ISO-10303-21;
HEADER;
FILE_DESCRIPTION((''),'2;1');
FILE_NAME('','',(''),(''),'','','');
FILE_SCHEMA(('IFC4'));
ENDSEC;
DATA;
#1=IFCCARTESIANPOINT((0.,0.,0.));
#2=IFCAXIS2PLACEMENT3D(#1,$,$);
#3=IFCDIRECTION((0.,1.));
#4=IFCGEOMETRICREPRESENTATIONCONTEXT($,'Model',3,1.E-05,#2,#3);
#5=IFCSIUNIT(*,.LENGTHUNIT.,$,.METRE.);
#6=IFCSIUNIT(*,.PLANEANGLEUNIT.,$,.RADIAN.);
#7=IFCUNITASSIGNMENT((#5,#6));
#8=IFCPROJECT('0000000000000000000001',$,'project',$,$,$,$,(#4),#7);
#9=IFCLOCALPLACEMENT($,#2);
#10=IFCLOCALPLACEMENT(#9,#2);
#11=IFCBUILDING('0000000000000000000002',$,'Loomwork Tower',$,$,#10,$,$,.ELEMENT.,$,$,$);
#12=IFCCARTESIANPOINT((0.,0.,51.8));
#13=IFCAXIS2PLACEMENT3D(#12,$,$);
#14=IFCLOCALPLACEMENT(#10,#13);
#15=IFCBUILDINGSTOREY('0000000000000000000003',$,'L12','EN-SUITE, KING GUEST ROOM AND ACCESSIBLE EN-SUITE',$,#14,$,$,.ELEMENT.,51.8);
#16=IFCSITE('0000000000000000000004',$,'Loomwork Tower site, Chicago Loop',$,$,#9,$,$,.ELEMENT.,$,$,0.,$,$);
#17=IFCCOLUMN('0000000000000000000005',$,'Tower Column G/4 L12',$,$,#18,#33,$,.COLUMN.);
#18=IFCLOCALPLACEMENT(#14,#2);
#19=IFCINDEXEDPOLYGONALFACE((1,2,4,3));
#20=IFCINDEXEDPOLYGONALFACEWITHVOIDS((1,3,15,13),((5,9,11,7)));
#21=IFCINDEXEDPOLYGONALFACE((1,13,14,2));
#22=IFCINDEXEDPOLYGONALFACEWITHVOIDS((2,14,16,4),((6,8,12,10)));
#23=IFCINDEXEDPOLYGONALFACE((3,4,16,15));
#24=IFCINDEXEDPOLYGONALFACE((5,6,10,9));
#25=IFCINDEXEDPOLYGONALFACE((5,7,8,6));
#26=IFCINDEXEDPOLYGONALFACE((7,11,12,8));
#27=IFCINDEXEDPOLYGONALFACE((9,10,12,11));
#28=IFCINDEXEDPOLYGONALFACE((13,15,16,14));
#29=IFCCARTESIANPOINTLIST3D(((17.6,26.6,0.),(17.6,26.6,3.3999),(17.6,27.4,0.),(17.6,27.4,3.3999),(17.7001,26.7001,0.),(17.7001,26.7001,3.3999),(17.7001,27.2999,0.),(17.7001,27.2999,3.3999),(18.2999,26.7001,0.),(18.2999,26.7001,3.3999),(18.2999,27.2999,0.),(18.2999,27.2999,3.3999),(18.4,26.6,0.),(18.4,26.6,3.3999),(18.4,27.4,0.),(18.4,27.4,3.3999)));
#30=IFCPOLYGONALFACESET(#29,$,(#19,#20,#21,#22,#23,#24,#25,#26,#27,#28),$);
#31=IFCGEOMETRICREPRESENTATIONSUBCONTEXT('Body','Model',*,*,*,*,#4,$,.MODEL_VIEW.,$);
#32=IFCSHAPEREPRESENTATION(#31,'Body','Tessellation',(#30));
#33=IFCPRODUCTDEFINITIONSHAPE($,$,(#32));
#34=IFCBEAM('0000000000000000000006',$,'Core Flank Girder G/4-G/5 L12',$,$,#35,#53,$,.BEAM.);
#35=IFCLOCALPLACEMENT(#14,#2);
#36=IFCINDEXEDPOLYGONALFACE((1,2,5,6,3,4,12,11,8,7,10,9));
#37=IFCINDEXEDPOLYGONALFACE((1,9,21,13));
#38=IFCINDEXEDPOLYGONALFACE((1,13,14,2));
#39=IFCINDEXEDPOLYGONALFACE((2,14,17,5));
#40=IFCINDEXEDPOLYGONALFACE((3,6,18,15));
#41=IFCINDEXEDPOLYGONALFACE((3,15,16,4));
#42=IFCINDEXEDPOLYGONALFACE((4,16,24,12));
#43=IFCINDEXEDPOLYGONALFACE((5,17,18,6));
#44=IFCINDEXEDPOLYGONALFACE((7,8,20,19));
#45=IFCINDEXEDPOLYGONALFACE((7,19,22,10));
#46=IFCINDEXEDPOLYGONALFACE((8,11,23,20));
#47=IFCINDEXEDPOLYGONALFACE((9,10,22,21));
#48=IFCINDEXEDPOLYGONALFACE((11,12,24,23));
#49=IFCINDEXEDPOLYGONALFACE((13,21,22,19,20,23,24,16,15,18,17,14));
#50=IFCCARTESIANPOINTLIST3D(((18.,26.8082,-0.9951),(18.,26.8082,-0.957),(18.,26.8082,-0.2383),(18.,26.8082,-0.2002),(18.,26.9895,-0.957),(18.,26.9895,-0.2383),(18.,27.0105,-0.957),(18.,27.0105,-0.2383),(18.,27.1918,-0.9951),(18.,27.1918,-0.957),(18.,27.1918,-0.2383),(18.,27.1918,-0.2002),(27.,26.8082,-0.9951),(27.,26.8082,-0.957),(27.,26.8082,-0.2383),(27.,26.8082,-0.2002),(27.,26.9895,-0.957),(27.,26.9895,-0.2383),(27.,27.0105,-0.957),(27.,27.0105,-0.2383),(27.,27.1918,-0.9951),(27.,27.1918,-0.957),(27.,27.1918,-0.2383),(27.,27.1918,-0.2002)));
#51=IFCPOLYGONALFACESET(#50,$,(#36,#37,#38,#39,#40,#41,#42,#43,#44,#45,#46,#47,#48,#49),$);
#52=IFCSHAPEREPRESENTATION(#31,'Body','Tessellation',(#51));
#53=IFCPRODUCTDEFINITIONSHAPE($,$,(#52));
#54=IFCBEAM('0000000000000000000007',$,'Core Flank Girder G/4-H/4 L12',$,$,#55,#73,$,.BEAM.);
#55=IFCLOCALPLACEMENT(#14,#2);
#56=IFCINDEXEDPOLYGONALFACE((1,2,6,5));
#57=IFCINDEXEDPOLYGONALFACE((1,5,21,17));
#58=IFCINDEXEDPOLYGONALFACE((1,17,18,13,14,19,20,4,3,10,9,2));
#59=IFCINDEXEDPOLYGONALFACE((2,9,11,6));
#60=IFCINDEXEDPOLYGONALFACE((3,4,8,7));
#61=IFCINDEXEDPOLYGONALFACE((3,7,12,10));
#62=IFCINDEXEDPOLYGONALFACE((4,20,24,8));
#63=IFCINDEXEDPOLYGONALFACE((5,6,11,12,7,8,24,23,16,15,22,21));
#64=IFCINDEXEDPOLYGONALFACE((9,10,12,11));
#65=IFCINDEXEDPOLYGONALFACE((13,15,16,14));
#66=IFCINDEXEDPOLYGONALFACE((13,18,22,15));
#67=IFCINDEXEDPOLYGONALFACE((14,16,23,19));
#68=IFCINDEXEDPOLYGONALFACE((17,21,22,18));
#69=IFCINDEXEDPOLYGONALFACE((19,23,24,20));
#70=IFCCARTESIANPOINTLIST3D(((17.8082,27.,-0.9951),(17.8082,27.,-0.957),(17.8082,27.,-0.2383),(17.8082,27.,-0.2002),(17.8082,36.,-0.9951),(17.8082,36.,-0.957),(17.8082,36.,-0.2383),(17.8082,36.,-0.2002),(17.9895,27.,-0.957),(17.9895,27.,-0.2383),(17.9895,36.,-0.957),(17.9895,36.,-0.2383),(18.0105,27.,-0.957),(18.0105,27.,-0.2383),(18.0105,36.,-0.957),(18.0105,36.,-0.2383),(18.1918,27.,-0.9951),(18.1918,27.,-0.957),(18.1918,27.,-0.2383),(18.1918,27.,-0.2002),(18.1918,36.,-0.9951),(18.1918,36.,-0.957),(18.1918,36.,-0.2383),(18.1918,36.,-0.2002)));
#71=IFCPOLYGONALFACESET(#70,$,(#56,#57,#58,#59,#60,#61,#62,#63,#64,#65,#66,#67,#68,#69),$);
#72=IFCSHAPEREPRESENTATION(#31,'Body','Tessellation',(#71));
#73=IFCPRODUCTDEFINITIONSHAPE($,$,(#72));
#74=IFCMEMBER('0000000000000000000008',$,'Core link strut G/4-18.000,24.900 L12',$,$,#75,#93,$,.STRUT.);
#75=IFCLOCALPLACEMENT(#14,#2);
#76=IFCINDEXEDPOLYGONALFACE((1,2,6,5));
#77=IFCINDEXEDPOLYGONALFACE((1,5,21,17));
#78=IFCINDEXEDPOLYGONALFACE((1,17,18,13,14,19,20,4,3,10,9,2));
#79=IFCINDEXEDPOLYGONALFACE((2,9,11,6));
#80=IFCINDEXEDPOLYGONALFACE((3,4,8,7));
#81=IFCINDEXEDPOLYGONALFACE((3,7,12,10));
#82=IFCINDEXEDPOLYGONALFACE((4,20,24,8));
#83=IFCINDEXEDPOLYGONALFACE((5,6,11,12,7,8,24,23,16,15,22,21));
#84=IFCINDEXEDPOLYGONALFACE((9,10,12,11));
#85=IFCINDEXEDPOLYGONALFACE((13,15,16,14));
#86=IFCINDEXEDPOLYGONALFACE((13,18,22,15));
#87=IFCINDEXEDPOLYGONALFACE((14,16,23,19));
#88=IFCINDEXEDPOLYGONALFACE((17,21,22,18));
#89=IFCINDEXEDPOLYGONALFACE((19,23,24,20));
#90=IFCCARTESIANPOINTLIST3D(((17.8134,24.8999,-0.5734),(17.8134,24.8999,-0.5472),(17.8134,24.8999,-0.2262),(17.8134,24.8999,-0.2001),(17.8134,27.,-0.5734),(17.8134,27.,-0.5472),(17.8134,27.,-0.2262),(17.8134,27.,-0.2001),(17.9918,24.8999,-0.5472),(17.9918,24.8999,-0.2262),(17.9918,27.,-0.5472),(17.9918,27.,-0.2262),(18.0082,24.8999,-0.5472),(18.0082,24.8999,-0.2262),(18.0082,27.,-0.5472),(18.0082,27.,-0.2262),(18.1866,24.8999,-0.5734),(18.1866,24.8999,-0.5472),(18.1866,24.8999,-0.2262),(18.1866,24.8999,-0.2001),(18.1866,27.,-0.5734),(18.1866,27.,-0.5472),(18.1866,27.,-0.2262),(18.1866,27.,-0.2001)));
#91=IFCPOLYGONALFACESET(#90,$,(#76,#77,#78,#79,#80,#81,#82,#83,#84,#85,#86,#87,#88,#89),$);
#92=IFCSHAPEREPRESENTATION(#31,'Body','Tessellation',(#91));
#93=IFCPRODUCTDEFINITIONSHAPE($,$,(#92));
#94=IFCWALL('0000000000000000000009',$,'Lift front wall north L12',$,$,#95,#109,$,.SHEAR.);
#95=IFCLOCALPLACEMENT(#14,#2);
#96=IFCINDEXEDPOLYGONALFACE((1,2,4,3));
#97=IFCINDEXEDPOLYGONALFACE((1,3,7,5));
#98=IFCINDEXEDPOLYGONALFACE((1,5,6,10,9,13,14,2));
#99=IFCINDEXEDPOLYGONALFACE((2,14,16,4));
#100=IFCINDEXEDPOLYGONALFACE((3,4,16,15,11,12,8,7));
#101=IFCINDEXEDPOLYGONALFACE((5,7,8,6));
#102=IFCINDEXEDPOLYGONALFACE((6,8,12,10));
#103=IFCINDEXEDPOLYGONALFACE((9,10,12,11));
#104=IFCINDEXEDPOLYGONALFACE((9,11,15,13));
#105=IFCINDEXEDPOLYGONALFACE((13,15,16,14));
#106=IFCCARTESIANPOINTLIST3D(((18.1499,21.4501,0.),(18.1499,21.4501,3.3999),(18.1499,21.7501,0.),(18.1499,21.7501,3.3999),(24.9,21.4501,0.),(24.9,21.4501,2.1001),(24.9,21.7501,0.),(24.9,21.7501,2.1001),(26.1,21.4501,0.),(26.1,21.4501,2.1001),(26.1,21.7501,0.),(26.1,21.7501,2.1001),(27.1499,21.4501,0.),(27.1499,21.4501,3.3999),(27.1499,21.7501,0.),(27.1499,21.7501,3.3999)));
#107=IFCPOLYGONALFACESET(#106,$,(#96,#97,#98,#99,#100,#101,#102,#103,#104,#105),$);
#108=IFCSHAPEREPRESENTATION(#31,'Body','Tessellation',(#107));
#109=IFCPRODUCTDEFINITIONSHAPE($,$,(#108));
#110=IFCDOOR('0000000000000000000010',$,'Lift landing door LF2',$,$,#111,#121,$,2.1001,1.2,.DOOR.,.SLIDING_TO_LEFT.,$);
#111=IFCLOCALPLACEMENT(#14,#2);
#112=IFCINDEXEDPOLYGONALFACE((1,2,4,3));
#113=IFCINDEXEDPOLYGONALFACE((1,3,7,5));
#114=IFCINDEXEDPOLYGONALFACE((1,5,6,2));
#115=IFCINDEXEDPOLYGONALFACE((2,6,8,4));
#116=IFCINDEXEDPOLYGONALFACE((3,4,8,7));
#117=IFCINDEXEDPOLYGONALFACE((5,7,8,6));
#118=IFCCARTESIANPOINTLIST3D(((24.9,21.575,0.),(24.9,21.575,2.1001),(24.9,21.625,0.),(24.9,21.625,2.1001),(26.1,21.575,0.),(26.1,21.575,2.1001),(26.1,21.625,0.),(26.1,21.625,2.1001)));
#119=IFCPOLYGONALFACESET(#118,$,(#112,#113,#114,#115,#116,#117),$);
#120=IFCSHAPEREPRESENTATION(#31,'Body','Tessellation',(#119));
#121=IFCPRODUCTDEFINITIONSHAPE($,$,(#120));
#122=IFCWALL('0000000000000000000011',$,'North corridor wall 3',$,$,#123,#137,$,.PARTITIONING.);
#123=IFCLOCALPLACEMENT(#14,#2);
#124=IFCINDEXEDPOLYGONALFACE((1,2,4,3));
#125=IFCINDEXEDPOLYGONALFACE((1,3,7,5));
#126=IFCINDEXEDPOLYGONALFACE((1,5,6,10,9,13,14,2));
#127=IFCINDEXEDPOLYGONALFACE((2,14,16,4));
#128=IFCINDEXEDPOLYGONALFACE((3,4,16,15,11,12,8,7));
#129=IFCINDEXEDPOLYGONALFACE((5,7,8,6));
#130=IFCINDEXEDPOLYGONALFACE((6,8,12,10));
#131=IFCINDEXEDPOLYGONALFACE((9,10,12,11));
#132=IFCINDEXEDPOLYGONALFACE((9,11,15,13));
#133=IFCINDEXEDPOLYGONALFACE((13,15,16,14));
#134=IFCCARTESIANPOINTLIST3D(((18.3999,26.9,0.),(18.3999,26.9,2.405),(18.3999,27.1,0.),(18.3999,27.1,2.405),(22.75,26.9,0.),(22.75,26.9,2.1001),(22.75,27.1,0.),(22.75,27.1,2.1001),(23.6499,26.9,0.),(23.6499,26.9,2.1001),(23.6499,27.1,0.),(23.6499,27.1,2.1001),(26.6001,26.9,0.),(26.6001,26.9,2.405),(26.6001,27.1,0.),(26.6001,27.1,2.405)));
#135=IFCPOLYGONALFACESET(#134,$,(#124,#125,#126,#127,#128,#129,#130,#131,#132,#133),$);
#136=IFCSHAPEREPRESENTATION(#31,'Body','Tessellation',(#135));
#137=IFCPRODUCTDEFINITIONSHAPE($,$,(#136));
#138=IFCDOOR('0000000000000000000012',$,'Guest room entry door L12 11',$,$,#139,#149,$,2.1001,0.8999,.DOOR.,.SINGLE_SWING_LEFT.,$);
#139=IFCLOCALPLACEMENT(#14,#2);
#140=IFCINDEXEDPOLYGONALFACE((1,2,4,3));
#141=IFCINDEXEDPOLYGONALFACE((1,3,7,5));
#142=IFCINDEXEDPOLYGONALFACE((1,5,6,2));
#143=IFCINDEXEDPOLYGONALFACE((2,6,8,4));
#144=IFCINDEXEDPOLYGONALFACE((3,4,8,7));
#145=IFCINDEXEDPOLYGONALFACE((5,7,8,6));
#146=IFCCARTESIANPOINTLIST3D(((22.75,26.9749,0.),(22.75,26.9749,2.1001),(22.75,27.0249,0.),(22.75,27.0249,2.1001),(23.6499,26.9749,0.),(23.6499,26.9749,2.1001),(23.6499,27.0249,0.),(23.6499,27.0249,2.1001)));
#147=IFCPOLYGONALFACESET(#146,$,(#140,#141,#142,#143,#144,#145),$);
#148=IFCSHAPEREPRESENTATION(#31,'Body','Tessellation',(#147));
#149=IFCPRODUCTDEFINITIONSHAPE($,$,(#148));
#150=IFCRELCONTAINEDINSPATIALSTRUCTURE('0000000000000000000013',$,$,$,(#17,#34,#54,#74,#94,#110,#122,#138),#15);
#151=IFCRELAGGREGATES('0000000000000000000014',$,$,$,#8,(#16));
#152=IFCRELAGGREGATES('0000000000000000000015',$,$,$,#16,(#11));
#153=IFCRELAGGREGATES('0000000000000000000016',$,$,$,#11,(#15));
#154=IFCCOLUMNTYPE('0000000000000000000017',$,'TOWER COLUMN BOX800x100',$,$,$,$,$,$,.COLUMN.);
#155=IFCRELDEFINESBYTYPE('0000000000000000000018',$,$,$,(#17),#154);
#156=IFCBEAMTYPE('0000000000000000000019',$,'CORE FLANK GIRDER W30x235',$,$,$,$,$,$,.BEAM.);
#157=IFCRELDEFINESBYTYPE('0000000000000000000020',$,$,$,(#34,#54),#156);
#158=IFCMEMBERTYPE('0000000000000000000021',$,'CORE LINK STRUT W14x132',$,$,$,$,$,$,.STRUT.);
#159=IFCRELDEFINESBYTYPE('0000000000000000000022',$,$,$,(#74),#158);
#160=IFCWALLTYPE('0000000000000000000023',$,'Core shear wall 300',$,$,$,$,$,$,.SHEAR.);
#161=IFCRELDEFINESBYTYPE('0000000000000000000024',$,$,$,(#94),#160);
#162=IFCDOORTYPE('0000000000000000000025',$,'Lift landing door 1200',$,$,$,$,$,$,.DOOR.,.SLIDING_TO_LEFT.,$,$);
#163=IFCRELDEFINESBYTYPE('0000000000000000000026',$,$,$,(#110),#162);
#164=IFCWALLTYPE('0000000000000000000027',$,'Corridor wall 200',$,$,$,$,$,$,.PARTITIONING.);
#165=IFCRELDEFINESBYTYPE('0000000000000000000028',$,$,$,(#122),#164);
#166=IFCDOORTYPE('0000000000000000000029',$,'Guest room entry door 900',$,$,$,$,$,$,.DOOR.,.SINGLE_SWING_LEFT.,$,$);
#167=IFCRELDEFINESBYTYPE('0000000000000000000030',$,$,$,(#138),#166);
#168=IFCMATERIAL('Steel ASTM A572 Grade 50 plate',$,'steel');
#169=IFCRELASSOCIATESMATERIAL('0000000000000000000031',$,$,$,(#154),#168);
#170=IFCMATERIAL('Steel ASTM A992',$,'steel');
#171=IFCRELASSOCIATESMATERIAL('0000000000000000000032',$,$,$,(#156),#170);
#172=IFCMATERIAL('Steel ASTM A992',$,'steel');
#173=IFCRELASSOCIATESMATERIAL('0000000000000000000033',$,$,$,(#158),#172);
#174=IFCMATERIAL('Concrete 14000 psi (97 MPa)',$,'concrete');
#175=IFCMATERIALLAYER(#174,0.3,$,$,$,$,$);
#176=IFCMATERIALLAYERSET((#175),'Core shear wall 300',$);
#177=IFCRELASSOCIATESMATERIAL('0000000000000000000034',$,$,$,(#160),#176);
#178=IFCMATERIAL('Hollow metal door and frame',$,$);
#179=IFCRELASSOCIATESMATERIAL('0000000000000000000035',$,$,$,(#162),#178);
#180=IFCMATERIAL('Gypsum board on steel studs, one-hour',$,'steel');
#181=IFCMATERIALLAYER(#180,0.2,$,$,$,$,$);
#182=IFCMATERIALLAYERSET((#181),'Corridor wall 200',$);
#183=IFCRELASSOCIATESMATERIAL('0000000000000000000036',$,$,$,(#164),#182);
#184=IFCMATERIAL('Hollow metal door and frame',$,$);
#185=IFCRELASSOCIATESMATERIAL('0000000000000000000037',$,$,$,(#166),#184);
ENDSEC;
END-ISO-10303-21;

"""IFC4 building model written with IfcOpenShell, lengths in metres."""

from ifc_helpers import new_model, si_unit, direction, frame, frame_2d, origin, origin_2d, place, context, subcontext, project, spatial, rectangle, hollow_rectangle, i_section, extrude, material, layer, layer_set, material_profile, profile_set, type_object, element, fill, save


model = new_model("IFC4")

# Units and contexts
model_context = context("Model", 3, precision=1e-05, world=origin(), true_north=direction((0.0, 1.0)))
body_context = subcontext(model_context, "Body", "Model", "MODEL_VIEW")
ifc_project = project(units=[si_unit("LENGTHUNIT", "METRE"), si_unit("PLANEANGLEUNIT", "RADIAN")], contexts=[model_context])

# Site, building, storey
site_placement = place(None, origin())
site = spatial("IfcSite", under=ifc_project, at=site_placement, Name="Loomwork Tower site, Chicago Loop", CompositionType="ELEMENT", RefElevation=0.0)
building_placement = place(site_placement, origin())
building = spatial("IfcBuilding", under=site, at=building_placement, Name="Loomwork Tower", CompositionType="ELEMENT")
storey_placement = place(building_placement, frame((0.0, 0.0, 51.8)))
storey = spatial("IfcBuildingStorey", under=building, at=storey_placement, Name="L12", Description="EN-SUITE, KING GUEST ROOM AND ACCESSIBLE EN-SUITE", CompositionType="ELEMENT", Elevation=51.8)

# Column
ifc_material_1 = material(Name="Steel ASTM A572 Grade 50 plate", Category="steel")
ifc_material_profile_1 = material_profile(ifc_material_1, hollow_rectangle(XDim=0.8, YDim=0.8, WallThickness=0.1001, at=origin_2d()), Name="BOX800x100")
ifc_profile_set_1 = profile_set([ifc_material_profile_1], Name="Steel ASTM A572 Grade 50 plate")
column_type = type_object("IfcColumnType", Name="TOWER COLUMN BOX800x100", PredefinedType="COLUMN", material=ifc_profile_set_1)
column_placement = place(storey_placement, frame((18.0, 27.0, 0.0), z_axis=(0.0, 0.0, 1.0), x_axis=(1.0, 0.0, 0.0)))
element("IfcColumn", 1, at=column_placement, inside=storey, type_object=column_type, Name="Tower Column G/4 L12", PredefinedType="COLUMN", context=body_context, shape_type="SweptSolid", body=[
    extrude(hollow_rectangle(XDim=0.8, YDim=0.8, WallThickness=0.1001, at=origin_2d()), origin(), (0.0, 0.0, 1.0), 3.3999),
])

# Beams
ifc_material_2 = material(Name="Steel ASTM A992", Category="steel")
ifc_material_profile_2 = material_profile(ifc_material_2, i_section(OverallWidth=0.3835, OverallDepth=0.7949, WebThickness=0.021, FlangeThickness=0.0381, at=origin_2d()), Name="W30x235")
ifc_profile_set_2 = profile_set([ifc_material_profile_2], Name="Steel ASTM A992")
beam_type = type_object("IfcBeamType", Name="CORE FLANK GIRDER W30x235", PredefinedType="BEAM", material=ifc_profile_set_2)
for number, where, z_axis, x_axis, name in (
    (2, (18.0, 27.0, -0.5977), (1.0, 0.0, 0.0), (0.0, 1.0, 0.0), "Core Flank Girder G/4-G/5 L12"),
    (3, (18.0, 27.0, -0.5977), (0.0, 1.0, 0.0), (-1.0, 0.0, 0.0), "Core Flank Girder G/4-H/4 L12"),
):
    element("IfcBeam", number, at=place(storey_placement, frame(where, z_axis=z_axis, x_axis=x_axis)), inside=storey, type_object=beam_type, Name=name, PredefinedType="BEAM", context=body_context, shape_type="SweptSolid", body=[
        extrude(i_section(OverallWidth=0.3835, OverallDepth=0.7949, WebThickness=0.021, FlangeThickness=0.0381, at=origin_2d()), origin(), (0.0, 0.0, 1.0), 9.0),
    ])

# Member
ifc_material_3 = material(Name="Steel ASTM A992", Category="steel")
ifc_material_profile_3 = material_profile(ifc_material_3, i_section(OverallWidth=0.3733, OverallDepth=0.3733, WebThickness=0.0164, FlangeThickness=0.0261, at=origin_2d()), Name="W14x132")
ifc_profile_set_3 = profile_set([ifc_material_profile_3], Name="Steel ASTM A992")
member_type = type_object("IfcMemberType", Name="CORE LINK STRUT W14x132", PredefinedType="STRUT", material=ifc_profile_set_3)
member_placement = place(storey_placement, frame((18.0, 27.0, -0.3867), z_axis=(0.0, -1.0, 0.0), x_axis=(1.0, 0.0, 0.0)))
element("IfcMember", 4, at=member_placement, inside=storey, type_object=member_type, Name="Core link strut G/4-18.000,24.900 L12", PredefinedType="STRUT", context=body_context, shape_type="SweptSolid", body=[
    extrude(i_section(OverallWidth=0.3733, OverallDepth=0.3733, WebThickness=0.0164, FlangeThickness=0.0261, at=origin_2d()), origin(), (0.0, 0.0, 1.0), 2.1001),
])

# Walls, openings, doors
ifc_material_4 = material(Name="Concrete 14000 psi (97 MPa)", Category="concrete")
ifc_layer_1 = layer(ifc_material_4, 0.3)
ifc_layer_set_1 = layer_set([ifc_layer_1], Name="Core shear wall 300")
wall_type_1 = type_object("IfcWallType", Name="Core shear wall 300", PredefinedType="SHEAR", material=ifc_layer_set_1)
wall_1_placement = place(storey_placement, frame((18.1499, 21.6001, 0.0), z_axis=(0.0, 0.0, 1.0), x_axis=(1.0, 0.0, 0.0)))
wall_1 = element("IfcWall", 5, at=wall_1_placement, inside=storey, type_object=wall_type_1, Name="Lift front wall north L12", PredefinedType="SHEAR", context=body_context, shape_type="SweptSolid", body=[
    extrude(rectangle(XDim=9.0, YDim=0.3, at=frame_2d((4.5, 0.0))), origin(), (0.0, 0.0, 1.0), 3.3999),
])
opening_1_placement = place(wall_1_placement, frame((6.75, 0.0, 0.0)))
opening_1 = element("IfcOpeningElement", 6, at=opening_1_placement, cuts=wall_1, PredefinedType="OPENING", context=body_context, shape_type="SweptSolid", body=[
    extrude(rectangle(XDim=1.2, YDim=2.1001, at=frame_2d((0.6001, 1.05))), frame((0.0, 0.1599, 0.0), z_axis=(0.0, -1.0, 0.0), x_axis=(1.0, 0.0, 0.0)), (0.0, 0.0, 1.0), 0.3201),
])
ifc_material_5 = material(Name="Hollow metal door and frame")
door_type_1 = type_object("IfcDoorType", Name="Lift landing door 1200", OperationType="SLIDING_TO_LEFT", PredefinedType="DOOR", material=ifc_material_5)
door_1_placement = place(opening_1_placement, origin())
door_1 = element("IfcDoor", 7, at=door_1_placement, inside=storey, type_object=door_type_1, Name="Lift landing door LF2", OperationType="SLIDING_TO_LEFT", OverallHeight=2.1001, OverallWidth=1.2, PredefinedType="DOOR", context=body_context, shape_type="SweptSolid", body=[
    extrude(rectangle(XDim=1.2, YDim=2.1001, at=frame_2d((0.6001, 1.05))), frame((0.0, 0.0249, 0.0), z_axis=(0.0, -1.0, 0.0), x_axis=(1.0, 0.0, 0.0)), (0.0, 0.0, 1.0), 0.05),
])
fill(opening_1, door_1)
ifc_material_6 = material(Name="Gypsum board on steel studs, one-hour", Category="steel")
ifc_layer_2 = layer(ifc_material_6, 0.2)
ifc_layer_set_2 = layer_set([ifc_layer_2], Name="Corridor wall 200")
wall_type_2 = type_object("IfcWallType", Name="Corridor wall 200", PredefinedType="PARTITIONING", material=ifc_layer_set_2)
wall_2_placement = place(storey_placement, frame((18.3999, 27.0, 0.0), z_axis=(0.0, 0.0, 1.0), x_axis=(1.0, 0.0, 0.0)))
wall_2 = element("IfcWall", 8, at=wall_2_placement, inside=storey, type_object=wall_type_2, Name="North corridor wall 3", PredefinedType="PARTITIONING", context=body_context, shape_type="SweptSolid", body=[
    extrude(rectangle(XDim=8.2002, YDim=0.2, at=frame_2d((4.1001, 0.0))), origin(), (0.0, 0.0, 1.0), 2.405),
])
opening_2_placement = place(wall_2_placement, frame((4.3501, 0.0, 0.0)))
opening_2 = element("IfcOpeningElement", 9, at=opening_2_placement, cuts=wall_2, PredefinedType="OPENING", context=body_context, shape_type="SweptSolid", body=[
    extrude(rectangle(XDim=0.8999, YDim=2.1001, at=frame_2d((0.45, 1.05))), frame((0.0, 0.1099, 0.0), z_axis=(0.0, -1.0, 0.0), x_axis=(1.0, 0.0, 0.0)), (0.0, 0.0, 1.0), 0.22),
])
ifc_material_7 = material(Name="Hollow metal door and frame")
door_type_2 = type_object("IfcDoorType", Name="Guest room entry door 900", OperationType="SINGLE_SWING_LEFT", PredefinedType="DOOR", material=ifc_material_7)
door_2_placement = place(opening_2_placement, origin())
door_2 = element("IfcDoor", 10, at=door_2_placement, inside=storey, type_object=door_type_2, Name="Guest room entry door L12 11", OperationType="SINGLE_SWING_LEFT", OverallHeight=2.1001, OverallWidth=0.8999, PredefinedType="DOOR", context=body_context, shape_type="SweptSolid", body=[
    extrude(rectangle(XDim=0.8999, YDim=2.1001, at=frame_2d((0.45, 1.05))), frame((0.0, 0.0249, 0.0), z_axis=(0.0, -1.0, 0.0), x_axis=(1.0, 0.0, 0.0)), (0.0, 0.0, 1.0), 0.05),
])
fill(opening_2, door_2)

save(model, "model.ifc")
